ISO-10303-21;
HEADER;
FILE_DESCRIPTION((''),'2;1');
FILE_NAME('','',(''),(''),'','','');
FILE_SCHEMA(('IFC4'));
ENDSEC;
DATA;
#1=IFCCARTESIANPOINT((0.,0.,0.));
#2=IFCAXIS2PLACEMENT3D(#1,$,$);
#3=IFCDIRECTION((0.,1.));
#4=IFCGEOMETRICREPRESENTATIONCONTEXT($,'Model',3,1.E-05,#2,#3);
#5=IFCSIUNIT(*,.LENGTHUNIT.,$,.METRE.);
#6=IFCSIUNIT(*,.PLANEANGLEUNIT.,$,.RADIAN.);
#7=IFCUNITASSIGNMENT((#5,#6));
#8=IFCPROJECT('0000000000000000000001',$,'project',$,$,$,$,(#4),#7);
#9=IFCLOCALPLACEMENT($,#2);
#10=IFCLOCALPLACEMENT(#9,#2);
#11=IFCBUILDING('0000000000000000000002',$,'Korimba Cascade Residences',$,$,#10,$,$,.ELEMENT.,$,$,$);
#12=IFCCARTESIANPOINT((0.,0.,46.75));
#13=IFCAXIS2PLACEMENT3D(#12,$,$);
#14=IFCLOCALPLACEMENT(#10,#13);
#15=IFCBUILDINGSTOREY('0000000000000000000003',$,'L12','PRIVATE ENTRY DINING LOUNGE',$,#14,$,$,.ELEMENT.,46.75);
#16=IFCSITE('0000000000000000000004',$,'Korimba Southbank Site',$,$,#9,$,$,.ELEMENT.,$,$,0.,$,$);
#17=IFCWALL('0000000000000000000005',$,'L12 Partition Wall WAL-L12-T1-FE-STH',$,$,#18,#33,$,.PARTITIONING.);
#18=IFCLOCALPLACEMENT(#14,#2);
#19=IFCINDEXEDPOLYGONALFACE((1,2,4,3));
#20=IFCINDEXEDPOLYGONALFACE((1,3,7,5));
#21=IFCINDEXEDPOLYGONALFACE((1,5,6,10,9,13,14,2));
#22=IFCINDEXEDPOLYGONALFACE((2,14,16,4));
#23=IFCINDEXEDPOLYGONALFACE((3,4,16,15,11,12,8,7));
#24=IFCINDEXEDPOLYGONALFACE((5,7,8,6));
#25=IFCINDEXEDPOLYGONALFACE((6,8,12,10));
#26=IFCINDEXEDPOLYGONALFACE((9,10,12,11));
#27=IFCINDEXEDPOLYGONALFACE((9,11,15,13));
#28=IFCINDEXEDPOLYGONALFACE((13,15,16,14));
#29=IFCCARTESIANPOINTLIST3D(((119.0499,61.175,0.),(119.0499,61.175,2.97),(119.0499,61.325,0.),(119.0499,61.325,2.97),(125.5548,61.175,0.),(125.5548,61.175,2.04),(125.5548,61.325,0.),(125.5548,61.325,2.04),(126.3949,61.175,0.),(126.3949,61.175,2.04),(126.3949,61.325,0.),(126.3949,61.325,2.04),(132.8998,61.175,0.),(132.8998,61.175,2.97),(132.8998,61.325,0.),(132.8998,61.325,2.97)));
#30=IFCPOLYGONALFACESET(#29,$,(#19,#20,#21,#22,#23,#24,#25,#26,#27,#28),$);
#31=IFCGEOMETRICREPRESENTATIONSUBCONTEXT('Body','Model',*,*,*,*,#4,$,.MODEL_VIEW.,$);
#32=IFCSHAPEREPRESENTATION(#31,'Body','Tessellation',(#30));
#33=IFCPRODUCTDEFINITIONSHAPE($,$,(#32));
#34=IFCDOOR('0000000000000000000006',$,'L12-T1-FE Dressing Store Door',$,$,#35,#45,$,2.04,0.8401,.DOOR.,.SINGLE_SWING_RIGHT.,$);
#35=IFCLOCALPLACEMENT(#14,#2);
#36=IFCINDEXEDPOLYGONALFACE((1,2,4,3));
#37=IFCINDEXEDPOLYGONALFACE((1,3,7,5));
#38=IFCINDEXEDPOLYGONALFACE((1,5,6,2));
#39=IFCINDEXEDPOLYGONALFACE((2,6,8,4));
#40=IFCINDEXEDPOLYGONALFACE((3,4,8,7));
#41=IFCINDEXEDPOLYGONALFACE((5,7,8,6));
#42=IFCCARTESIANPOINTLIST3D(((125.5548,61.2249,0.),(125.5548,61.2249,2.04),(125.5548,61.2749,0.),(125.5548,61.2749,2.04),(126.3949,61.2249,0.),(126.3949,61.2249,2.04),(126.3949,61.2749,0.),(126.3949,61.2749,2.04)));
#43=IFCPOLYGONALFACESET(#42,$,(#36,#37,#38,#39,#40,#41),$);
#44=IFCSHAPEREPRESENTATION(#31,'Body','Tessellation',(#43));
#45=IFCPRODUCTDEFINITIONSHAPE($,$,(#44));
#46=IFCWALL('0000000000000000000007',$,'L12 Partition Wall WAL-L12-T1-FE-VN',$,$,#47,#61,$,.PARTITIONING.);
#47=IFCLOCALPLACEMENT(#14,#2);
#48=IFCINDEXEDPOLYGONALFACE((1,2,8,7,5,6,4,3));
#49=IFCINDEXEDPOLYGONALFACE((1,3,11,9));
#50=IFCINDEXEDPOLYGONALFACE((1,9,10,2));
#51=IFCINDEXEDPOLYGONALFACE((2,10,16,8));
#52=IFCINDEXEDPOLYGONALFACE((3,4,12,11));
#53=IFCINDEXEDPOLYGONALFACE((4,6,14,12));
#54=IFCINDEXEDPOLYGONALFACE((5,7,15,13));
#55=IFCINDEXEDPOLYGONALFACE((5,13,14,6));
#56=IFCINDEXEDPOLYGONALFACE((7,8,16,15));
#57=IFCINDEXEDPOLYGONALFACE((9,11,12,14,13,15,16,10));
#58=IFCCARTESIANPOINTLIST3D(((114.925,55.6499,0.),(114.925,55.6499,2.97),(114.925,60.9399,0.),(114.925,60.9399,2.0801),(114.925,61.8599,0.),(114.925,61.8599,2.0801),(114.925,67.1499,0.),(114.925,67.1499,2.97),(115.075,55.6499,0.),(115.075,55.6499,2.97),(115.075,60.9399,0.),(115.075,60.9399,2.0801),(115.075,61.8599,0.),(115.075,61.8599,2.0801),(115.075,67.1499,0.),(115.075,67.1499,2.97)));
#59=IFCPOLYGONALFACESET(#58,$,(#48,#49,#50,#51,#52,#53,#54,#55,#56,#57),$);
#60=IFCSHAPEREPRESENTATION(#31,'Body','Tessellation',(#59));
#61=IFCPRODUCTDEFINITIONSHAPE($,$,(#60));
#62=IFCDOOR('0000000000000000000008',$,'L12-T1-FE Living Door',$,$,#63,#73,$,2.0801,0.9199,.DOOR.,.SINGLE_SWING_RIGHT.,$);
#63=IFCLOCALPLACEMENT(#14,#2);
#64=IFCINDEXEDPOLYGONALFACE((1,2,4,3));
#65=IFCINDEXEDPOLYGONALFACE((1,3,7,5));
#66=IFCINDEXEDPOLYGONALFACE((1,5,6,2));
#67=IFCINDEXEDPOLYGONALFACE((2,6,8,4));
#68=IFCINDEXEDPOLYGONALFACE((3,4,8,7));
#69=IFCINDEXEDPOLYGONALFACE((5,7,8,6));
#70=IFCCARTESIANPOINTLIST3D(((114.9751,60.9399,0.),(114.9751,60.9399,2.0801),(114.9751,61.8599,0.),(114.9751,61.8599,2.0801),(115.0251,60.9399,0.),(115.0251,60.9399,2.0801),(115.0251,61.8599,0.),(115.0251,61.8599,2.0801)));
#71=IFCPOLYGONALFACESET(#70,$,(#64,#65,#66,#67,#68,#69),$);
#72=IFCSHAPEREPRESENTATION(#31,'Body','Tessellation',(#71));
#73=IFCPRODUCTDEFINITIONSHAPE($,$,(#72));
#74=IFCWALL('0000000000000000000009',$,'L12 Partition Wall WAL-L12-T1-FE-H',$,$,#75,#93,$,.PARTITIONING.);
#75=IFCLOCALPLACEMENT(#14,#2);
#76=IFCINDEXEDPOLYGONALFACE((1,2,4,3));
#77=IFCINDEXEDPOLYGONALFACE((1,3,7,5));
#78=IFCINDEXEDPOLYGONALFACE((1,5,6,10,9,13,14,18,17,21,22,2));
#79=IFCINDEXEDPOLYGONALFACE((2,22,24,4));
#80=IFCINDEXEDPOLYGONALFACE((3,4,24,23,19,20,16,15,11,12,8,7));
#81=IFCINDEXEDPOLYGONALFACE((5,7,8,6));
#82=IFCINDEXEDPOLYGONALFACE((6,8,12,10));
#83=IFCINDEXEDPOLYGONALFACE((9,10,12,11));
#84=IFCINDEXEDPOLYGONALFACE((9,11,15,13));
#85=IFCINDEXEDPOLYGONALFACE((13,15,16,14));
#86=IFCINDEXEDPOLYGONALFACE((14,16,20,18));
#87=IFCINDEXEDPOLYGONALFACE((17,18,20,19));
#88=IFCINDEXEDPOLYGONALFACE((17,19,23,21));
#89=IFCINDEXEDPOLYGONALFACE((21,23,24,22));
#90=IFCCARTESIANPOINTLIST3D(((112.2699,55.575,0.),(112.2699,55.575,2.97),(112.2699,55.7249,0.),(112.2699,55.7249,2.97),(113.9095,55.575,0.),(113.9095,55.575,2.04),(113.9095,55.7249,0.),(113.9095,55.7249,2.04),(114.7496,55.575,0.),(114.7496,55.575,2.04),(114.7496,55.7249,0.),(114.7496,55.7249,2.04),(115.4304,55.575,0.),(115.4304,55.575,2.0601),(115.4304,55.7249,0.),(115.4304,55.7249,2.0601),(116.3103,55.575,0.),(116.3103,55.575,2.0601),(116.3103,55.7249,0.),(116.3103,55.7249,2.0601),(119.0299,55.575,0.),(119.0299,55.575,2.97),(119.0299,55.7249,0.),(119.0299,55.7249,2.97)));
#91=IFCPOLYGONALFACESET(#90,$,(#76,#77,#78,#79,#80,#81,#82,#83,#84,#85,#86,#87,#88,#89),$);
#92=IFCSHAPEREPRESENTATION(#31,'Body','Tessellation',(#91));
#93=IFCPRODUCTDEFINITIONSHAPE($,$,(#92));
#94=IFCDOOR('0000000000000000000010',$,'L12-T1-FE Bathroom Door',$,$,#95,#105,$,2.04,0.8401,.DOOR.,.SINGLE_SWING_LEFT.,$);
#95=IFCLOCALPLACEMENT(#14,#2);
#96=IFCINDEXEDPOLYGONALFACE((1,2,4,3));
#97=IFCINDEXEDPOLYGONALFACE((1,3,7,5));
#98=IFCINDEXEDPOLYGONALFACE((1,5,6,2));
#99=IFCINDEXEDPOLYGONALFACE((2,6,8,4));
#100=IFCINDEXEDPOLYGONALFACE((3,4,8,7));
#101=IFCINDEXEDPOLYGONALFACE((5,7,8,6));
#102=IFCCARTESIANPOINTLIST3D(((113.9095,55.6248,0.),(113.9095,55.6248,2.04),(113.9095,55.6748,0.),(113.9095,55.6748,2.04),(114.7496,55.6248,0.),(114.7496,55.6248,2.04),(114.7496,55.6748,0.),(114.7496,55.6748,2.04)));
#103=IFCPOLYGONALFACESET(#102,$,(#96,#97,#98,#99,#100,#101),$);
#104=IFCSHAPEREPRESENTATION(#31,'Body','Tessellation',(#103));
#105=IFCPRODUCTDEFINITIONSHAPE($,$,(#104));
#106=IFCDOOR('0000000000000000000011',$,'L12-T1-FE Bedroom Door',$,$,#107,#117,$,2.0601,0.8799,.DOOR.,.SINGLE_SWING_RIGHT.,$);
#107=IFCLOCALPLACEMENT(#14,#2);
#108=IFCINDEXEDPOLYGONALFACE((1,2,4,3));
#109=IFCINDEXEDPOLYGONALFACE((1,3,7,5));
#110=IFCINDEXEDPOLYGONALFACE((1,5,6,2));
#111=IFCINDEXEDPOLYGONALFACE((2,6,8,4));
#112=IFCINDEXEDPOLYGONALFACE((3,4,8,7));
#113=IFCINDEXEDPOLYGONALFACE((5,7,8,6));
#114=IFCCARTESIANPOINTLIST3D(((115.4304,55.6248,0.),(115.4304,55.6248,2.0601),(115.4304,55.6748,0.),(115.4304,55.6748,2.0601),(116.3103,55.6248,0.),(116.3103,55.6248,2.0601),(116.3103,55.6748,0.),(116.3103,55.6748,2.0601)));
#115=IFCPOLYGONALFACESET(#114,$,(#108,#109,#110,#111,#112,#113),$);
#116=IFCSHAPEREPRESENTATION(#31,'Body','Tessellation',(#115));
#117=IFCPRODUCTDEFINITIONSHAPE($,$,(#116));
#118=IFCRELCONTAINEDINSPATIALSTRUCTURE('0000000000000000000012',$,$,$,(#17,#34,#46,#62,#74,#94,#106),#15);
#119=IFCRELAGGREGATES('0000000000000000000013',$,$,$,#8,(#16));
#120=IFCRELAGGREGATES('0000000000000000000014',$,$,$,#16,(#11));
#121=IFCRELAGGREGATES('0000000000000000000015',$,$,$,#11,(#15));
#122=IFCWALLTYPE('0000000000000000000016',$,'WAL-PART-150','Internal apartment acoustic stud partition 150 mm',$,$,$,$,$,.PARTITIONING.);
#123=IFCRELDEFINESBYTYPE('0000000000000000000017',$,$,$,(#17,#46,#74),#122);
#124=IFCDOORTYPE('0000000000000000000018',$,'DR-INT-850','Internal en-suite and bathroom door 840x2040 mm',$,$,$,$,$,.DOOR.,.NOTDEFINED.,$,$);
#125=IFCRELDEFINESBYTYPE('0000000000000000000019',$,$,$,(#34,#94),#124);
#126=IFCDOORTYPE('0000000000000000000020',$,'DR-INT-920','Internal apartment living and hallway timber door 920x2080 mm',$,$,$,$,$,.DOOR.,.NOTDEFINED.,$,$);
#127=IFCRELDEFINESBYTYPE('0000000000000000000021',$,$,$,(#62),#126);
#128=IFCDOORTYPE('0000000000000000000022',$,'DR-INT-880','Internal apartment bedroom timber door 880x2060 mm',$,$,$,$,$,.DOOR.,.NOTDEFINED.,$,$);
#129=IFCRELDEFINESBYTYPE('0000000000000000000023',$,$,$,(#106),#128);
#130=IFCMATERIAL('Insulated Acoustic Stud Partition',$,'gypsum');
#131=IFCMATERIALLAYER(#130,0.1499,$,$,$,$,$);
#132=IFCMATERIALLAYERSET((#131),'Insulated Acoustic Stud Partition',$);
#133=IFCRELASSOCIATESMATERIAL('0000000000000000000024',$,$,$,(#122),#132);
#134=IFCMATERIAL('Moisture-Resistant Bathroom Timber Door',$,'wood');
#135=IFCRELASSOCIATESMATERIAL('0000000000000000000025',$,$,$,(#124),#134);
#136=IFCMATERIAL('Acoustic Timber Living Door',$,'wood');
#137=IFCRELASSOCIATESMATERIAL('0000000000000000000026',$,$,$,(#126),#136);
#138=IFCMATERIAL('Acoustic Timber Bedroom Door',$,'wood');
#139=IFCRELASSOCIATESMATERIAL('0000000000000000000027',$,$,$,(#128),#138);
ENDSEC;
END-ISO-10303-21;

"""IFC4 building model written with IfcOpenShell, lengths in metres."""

from ifc_helpers import new_model, si_unit, direction, frame, frame_2d, origin, place, context, subcontext, project, spatial, rectangle, extrude, material, layer, layer_set, type_object, element, fill, save


model = new_model("IFC4")

# Units and contexts
model_context = context("Model", 3, precision=1e-05, world=origin(), true_north=direction((0.0, 1.0)))
body_context = subcontext(model_context, "Body", "Model", "MODEL_VIEW")
ifc_project = project(units=[si_unit("LENGTHUNIT", "METRE"), si_unit("PLANEANGLEUNIT", "RADIAN")], contexts=[model_context])

# Site, building, storey
site_placement = place(None, origin())
site = spatial("IfcSite", under=ifc_project, at=site_placement, Name="Korimba Southbank Site", CompositionType="ELEMENT", RefElevation=0.0)
building_placement = place(site_placement, origin())
building = spatial("IfcBuilding", under=site, at=building_placement, Name="Korimba Cascade Residences", CompositionType="ELEMENT")
storey_placement = place(building_placement, frame((0.0, 0.0, 46.75)))
storey = spatial("IfcBuildingStorey", under=building, at=storey_placement, Name="L12", Description="PRIVATE ENTRY DINING LOUNGE", CompositionType="ELEMENT", Elevation=46.75)

# Walls, openings, doors
ifc_material_1 = material(Name="Insulated Acoustic Stud Partition", Category="gypsum")
ifc_layer_1 = layer(ifc_material_1, 0.1499)
ifc_layer_set_1 = layer_set([ifc_layer_1], Name="Insulated Acoustic Stud Partition")
wall_type_1 = type_object("IfcWallType", Name="WAL-PART-150", Description="Internal apartment acoustic stud partition 150 mm", PredefinedType="PARTITIONING", material=ifc_layer_set_1)
wall_1_placement = place(storey_placement, frame((119.05, 61.25, 0.0), z_axis=(0.0, 0.0, 1.0), x_axis=(1.0, 0.0, 0.0)))
wall_1 = element("IfcWall", 1, at=wall_1_placement, inside=storey, type_object=wall_type_1, Name="L12 Partition Wall WAL-L12-T1-FE-STH", PredefinedType="PARTITIONING", context=body_context, shape_type="SweptSolid", body=[
    extrude(rectangle(XDim=13.8499, YDim=0.1499, at=frame_2d((6.9248, 0.0))), origin(), (0.0, 0.0, 1.0), 2.97),
])
opening_1_placement = place(wall_1_placement, frame((6.5049, 0.0, 0.0)))
opening_1 = element("IfcOpeningElement", 2, at=opening_1_placement, cuts=wall_1, PredefinedType="OPENING", context=body_context, shape_type="SweptSolid", body=[
    extrude(rectangle(XDim=0.8401, YDim=2.04, at=frame_2d((0.4199, 1.02))), frame((0.0, 0.085, 0.0), z_axis=(0.0, -1.0, 0.0), x_axis=(1.0, 0.0, 0.0)), (0.0, 0.0, 1.0), 0.1699),
])
ifc_material_2 = material(Name="Moisture-Resistant Bathroom Timber Door", Category="wood")
door_type_1 = type_object("IfcDoorType", Name="DR-INT-850", Description="Internal en-suite and bathroom door 840x2040 mm", OperationType="NOTDEFINED", PredefinedType="DOOR", material=ifc_material_2)
door_1_placement = place(opening_1_placement, origin())
door_1 = element("IfcDoor", 3, at=door_1_placement, inside=storey, type_object=door_type_1, Name="L12-T1-FE Dressing Store Door", OperationType="SINGLE_SWING_RIGHT", OverallHeight=2.04, OverallWidth=0.8401, PredefinedType="DOOR", context=body_context, shape_type="SweptSolid", body=[
    extrude(rectangle(XDim=0.8401, YDim=2.04, at=frame_2d((0.4199, 1.02))), frame((0.0, 0.0249, 0.0), z_axis=(0.0, -1.0, 0.0), x_axis=(1.0, 0.0, 0.0)), (0.0, 0.0, 1.0), 0.05),
])
fill(opening_1, door_1)
wall_2_placement = place(storey_placement, frame((115.0, 55.6499, 0.0), z_axis=(0.0, 0.0, 1.0), x_axis=(0.0, 1.0, 0.0)))
wall_2 = element("IfcWall", 4, at=wall_2_placement, inside=storey, type_object=wall_type_1, Name="L12 Partition Wall WAL-L12-T1-FE-VN", PredefinedType="PARTITIONING", context=body_context, shape_type="SweptSolid", body=[
    extrude(rectangle(XDim=11.5, YDim=0.1499, at=frame_2d((5.75, 0.0))), origin(), (0.0, 0.0, 1.0), 2.97),
])
opening_2_placement = place(wall_2_placement, frame((5.29, 0.0, 0.0)))
opening_2 = element("IfcOpeningElement", 5, at=opening_2_placement, cuts=wall_2, PredefinedType="OPENING", context=body_context, shape_type="SweptSolid", body=[
    extrude(rectangle(XDim=0.9199, YDim=2.0801, at=frame_2d((0.46, 1.04))), frame((0.0, 0.085, 0.0), z_axis=(0.0, -1.0, 0.0), x_axis=(1.0, 0.0, 0.0)), (0.0, 0.0, 1.0), 0.1699),
])
ifc_material_3 = material(Name="Acoustic Timber Living Door", Category="wood")
door_type_2 = type_object("IfcDoorType", Name="DR-INT-920", Description="Internal apartment living and hallway timber door 920x2080 mm", OperationType="NOTDEFINED", PredefinedType="DOOR", material=ifc_material_3)
door_2_placement = place(opening_2_placement, origin())
door_2 = element("IfcDoor", 6, at=door_2_placement, inside=storey, type_object=door_type_2, Name="L12-T1-FE Living Door", OperationType="SINGLE_SWING_RIGHT", OverallHeight=2.0801, OverallWidth=0.9199, PredefinedType="DOOR", context=body_context, shape_type="SweptSolid", body=[
    extrude(rectangle(XDim=0.9199, YDim=2.0801, at=frame_2d((0.46, 1.04))), frame((0.0, 0.0249, 0.0), z_axis=(0.0, -1.0, 0.0), x_axis=(1.0, 0.0, 0.0)), (0.0, 0.0, 1.0), 0.05),
])
fill(opening_2, door_2)

# Wall, openings, doors
wall_3_placement = place(storey_placement, frame((112.27, 55.6499, 0.0), z_axis=(0.0, 0.0, 1.0), x_axis=(1.0, 0.0, 0.0)))
wall_3 = element("IfcWall", 7, at=wall_3_placement, inside=storey, type_object=wall_type_1, Name="L12 Partition Wall WAL-L12-T1-FE-H", PredefinedType="PARTITIONING", context=body_context, shape_type="SweptSolid", body=[
    extrude(rectangle(XDim=6.76, YDim=0.1499, at=frame_2d((3.3799, 0.0))), origin(), (0.0, 0.0, 1.0), 2.97),
])
opening_3_placement = place(wall_3_placement, frame((1.6396, 0.0, 0.0)))
opening_3 = element("IfcOpeningElement", 8, at=opening_3_placement, cuts=wall_3, PredefinedType="OPENING", context=body_context, shape_type="SweptSolid", body=[
    extrude(rectangle(XDim=0.8401, YDim=2.04, at=frame_2d((0.4199, 1.02))), frame((0.0, 0.085, 0.0), z_axis=(0.0, -1.0, 0.0), x_axis=(1.0, 0.0, 0.0)), (0.0, 0.0, 1.0), 0.1699),
])
opening_4_placement = place(wall_3_placement, frame((3.1604, 0.0, 0.0)))
opening_4 = element("IfcOpeningElement", 9, at=opening_4_placement, cuts=wall_3, PredefinedType="OPENING", context=body_context, shape_type="SweptSolid", body=[
    extrude(rectangle(XDim=0.8799, YDim=2.0601, at=frame_2d((0.4399, 1.03))), frame((0.0, 0.085, 0.0), z_axis=(0.0, -1.0, 0.0), x_axis=(1.0, 0.0, 0.0)), (0.0, 0.0, 1.0), 0.1699),
])
door_3_placement = place(opening_3_placement, origin())
door_3 = element("IfcDoor", 10, at=door_3_placement, inside=storey, type_object=door_type_1, Name="L12-T1-FE Bathroom Door", OperationType="SINGLE_SWING_LEFT", OverallHeight=2.04, OverallWidth=0.8401, PredefinedType="DOOR", context=body_context, shape_type="SweptSolid", body=[
    extrude(rectangle(XDim=0.8401, YDim=2.04, at=frame_2d((0.4199, 1.02))), frame((0.0, 0.0249, 0.0), z_axis=(0.0, -1.0, 0.0), x_axis=(1.0, 0.0, 0.0)), (0.0, 0.0, 1.0), 0.05),
])
fill(opening_3, door_3)
ifc_material_4 = material(Name="Acoustic Timber Bedroom Door", Category="wood")
door_type_3 = type_object("IfcDoorType", Name="DR-INT-880", Description="Internal apartment bedroom timber door 880x2060 mm", OperationType="NOTDEFINED", PredefinedType="DOOR", material=ifc_material_4)
door_4_placement = place(opening_4_placement, origin())
door_4 = element("IfcDoor", 11, at=door_4_placement, inside=storey, type_object=door_type_3, Name="L12-T1-FE Bedroom Door", OperationType="SINGLE_SWING_RIGHT", OverallHeight=2.0601, OverallWidth=0.8799, PredefinedType="DOOR", context=body_context, shape_type="SweptSolid", body=[
    extrude(rectangle(XDim=0.8799, YDim=2.0601, at=frame_2d((0.4399, 1.03))), frame((0.0, 0.0249, 0.0), z_axis=(0.0, -1.0, 0.0), x_axis=(1.0, 0.0, 0.0)), (0.0, 0.0, 1.0), 0.05),
])
fill(opening_4, door_4)

save(model, "model.ifc")
